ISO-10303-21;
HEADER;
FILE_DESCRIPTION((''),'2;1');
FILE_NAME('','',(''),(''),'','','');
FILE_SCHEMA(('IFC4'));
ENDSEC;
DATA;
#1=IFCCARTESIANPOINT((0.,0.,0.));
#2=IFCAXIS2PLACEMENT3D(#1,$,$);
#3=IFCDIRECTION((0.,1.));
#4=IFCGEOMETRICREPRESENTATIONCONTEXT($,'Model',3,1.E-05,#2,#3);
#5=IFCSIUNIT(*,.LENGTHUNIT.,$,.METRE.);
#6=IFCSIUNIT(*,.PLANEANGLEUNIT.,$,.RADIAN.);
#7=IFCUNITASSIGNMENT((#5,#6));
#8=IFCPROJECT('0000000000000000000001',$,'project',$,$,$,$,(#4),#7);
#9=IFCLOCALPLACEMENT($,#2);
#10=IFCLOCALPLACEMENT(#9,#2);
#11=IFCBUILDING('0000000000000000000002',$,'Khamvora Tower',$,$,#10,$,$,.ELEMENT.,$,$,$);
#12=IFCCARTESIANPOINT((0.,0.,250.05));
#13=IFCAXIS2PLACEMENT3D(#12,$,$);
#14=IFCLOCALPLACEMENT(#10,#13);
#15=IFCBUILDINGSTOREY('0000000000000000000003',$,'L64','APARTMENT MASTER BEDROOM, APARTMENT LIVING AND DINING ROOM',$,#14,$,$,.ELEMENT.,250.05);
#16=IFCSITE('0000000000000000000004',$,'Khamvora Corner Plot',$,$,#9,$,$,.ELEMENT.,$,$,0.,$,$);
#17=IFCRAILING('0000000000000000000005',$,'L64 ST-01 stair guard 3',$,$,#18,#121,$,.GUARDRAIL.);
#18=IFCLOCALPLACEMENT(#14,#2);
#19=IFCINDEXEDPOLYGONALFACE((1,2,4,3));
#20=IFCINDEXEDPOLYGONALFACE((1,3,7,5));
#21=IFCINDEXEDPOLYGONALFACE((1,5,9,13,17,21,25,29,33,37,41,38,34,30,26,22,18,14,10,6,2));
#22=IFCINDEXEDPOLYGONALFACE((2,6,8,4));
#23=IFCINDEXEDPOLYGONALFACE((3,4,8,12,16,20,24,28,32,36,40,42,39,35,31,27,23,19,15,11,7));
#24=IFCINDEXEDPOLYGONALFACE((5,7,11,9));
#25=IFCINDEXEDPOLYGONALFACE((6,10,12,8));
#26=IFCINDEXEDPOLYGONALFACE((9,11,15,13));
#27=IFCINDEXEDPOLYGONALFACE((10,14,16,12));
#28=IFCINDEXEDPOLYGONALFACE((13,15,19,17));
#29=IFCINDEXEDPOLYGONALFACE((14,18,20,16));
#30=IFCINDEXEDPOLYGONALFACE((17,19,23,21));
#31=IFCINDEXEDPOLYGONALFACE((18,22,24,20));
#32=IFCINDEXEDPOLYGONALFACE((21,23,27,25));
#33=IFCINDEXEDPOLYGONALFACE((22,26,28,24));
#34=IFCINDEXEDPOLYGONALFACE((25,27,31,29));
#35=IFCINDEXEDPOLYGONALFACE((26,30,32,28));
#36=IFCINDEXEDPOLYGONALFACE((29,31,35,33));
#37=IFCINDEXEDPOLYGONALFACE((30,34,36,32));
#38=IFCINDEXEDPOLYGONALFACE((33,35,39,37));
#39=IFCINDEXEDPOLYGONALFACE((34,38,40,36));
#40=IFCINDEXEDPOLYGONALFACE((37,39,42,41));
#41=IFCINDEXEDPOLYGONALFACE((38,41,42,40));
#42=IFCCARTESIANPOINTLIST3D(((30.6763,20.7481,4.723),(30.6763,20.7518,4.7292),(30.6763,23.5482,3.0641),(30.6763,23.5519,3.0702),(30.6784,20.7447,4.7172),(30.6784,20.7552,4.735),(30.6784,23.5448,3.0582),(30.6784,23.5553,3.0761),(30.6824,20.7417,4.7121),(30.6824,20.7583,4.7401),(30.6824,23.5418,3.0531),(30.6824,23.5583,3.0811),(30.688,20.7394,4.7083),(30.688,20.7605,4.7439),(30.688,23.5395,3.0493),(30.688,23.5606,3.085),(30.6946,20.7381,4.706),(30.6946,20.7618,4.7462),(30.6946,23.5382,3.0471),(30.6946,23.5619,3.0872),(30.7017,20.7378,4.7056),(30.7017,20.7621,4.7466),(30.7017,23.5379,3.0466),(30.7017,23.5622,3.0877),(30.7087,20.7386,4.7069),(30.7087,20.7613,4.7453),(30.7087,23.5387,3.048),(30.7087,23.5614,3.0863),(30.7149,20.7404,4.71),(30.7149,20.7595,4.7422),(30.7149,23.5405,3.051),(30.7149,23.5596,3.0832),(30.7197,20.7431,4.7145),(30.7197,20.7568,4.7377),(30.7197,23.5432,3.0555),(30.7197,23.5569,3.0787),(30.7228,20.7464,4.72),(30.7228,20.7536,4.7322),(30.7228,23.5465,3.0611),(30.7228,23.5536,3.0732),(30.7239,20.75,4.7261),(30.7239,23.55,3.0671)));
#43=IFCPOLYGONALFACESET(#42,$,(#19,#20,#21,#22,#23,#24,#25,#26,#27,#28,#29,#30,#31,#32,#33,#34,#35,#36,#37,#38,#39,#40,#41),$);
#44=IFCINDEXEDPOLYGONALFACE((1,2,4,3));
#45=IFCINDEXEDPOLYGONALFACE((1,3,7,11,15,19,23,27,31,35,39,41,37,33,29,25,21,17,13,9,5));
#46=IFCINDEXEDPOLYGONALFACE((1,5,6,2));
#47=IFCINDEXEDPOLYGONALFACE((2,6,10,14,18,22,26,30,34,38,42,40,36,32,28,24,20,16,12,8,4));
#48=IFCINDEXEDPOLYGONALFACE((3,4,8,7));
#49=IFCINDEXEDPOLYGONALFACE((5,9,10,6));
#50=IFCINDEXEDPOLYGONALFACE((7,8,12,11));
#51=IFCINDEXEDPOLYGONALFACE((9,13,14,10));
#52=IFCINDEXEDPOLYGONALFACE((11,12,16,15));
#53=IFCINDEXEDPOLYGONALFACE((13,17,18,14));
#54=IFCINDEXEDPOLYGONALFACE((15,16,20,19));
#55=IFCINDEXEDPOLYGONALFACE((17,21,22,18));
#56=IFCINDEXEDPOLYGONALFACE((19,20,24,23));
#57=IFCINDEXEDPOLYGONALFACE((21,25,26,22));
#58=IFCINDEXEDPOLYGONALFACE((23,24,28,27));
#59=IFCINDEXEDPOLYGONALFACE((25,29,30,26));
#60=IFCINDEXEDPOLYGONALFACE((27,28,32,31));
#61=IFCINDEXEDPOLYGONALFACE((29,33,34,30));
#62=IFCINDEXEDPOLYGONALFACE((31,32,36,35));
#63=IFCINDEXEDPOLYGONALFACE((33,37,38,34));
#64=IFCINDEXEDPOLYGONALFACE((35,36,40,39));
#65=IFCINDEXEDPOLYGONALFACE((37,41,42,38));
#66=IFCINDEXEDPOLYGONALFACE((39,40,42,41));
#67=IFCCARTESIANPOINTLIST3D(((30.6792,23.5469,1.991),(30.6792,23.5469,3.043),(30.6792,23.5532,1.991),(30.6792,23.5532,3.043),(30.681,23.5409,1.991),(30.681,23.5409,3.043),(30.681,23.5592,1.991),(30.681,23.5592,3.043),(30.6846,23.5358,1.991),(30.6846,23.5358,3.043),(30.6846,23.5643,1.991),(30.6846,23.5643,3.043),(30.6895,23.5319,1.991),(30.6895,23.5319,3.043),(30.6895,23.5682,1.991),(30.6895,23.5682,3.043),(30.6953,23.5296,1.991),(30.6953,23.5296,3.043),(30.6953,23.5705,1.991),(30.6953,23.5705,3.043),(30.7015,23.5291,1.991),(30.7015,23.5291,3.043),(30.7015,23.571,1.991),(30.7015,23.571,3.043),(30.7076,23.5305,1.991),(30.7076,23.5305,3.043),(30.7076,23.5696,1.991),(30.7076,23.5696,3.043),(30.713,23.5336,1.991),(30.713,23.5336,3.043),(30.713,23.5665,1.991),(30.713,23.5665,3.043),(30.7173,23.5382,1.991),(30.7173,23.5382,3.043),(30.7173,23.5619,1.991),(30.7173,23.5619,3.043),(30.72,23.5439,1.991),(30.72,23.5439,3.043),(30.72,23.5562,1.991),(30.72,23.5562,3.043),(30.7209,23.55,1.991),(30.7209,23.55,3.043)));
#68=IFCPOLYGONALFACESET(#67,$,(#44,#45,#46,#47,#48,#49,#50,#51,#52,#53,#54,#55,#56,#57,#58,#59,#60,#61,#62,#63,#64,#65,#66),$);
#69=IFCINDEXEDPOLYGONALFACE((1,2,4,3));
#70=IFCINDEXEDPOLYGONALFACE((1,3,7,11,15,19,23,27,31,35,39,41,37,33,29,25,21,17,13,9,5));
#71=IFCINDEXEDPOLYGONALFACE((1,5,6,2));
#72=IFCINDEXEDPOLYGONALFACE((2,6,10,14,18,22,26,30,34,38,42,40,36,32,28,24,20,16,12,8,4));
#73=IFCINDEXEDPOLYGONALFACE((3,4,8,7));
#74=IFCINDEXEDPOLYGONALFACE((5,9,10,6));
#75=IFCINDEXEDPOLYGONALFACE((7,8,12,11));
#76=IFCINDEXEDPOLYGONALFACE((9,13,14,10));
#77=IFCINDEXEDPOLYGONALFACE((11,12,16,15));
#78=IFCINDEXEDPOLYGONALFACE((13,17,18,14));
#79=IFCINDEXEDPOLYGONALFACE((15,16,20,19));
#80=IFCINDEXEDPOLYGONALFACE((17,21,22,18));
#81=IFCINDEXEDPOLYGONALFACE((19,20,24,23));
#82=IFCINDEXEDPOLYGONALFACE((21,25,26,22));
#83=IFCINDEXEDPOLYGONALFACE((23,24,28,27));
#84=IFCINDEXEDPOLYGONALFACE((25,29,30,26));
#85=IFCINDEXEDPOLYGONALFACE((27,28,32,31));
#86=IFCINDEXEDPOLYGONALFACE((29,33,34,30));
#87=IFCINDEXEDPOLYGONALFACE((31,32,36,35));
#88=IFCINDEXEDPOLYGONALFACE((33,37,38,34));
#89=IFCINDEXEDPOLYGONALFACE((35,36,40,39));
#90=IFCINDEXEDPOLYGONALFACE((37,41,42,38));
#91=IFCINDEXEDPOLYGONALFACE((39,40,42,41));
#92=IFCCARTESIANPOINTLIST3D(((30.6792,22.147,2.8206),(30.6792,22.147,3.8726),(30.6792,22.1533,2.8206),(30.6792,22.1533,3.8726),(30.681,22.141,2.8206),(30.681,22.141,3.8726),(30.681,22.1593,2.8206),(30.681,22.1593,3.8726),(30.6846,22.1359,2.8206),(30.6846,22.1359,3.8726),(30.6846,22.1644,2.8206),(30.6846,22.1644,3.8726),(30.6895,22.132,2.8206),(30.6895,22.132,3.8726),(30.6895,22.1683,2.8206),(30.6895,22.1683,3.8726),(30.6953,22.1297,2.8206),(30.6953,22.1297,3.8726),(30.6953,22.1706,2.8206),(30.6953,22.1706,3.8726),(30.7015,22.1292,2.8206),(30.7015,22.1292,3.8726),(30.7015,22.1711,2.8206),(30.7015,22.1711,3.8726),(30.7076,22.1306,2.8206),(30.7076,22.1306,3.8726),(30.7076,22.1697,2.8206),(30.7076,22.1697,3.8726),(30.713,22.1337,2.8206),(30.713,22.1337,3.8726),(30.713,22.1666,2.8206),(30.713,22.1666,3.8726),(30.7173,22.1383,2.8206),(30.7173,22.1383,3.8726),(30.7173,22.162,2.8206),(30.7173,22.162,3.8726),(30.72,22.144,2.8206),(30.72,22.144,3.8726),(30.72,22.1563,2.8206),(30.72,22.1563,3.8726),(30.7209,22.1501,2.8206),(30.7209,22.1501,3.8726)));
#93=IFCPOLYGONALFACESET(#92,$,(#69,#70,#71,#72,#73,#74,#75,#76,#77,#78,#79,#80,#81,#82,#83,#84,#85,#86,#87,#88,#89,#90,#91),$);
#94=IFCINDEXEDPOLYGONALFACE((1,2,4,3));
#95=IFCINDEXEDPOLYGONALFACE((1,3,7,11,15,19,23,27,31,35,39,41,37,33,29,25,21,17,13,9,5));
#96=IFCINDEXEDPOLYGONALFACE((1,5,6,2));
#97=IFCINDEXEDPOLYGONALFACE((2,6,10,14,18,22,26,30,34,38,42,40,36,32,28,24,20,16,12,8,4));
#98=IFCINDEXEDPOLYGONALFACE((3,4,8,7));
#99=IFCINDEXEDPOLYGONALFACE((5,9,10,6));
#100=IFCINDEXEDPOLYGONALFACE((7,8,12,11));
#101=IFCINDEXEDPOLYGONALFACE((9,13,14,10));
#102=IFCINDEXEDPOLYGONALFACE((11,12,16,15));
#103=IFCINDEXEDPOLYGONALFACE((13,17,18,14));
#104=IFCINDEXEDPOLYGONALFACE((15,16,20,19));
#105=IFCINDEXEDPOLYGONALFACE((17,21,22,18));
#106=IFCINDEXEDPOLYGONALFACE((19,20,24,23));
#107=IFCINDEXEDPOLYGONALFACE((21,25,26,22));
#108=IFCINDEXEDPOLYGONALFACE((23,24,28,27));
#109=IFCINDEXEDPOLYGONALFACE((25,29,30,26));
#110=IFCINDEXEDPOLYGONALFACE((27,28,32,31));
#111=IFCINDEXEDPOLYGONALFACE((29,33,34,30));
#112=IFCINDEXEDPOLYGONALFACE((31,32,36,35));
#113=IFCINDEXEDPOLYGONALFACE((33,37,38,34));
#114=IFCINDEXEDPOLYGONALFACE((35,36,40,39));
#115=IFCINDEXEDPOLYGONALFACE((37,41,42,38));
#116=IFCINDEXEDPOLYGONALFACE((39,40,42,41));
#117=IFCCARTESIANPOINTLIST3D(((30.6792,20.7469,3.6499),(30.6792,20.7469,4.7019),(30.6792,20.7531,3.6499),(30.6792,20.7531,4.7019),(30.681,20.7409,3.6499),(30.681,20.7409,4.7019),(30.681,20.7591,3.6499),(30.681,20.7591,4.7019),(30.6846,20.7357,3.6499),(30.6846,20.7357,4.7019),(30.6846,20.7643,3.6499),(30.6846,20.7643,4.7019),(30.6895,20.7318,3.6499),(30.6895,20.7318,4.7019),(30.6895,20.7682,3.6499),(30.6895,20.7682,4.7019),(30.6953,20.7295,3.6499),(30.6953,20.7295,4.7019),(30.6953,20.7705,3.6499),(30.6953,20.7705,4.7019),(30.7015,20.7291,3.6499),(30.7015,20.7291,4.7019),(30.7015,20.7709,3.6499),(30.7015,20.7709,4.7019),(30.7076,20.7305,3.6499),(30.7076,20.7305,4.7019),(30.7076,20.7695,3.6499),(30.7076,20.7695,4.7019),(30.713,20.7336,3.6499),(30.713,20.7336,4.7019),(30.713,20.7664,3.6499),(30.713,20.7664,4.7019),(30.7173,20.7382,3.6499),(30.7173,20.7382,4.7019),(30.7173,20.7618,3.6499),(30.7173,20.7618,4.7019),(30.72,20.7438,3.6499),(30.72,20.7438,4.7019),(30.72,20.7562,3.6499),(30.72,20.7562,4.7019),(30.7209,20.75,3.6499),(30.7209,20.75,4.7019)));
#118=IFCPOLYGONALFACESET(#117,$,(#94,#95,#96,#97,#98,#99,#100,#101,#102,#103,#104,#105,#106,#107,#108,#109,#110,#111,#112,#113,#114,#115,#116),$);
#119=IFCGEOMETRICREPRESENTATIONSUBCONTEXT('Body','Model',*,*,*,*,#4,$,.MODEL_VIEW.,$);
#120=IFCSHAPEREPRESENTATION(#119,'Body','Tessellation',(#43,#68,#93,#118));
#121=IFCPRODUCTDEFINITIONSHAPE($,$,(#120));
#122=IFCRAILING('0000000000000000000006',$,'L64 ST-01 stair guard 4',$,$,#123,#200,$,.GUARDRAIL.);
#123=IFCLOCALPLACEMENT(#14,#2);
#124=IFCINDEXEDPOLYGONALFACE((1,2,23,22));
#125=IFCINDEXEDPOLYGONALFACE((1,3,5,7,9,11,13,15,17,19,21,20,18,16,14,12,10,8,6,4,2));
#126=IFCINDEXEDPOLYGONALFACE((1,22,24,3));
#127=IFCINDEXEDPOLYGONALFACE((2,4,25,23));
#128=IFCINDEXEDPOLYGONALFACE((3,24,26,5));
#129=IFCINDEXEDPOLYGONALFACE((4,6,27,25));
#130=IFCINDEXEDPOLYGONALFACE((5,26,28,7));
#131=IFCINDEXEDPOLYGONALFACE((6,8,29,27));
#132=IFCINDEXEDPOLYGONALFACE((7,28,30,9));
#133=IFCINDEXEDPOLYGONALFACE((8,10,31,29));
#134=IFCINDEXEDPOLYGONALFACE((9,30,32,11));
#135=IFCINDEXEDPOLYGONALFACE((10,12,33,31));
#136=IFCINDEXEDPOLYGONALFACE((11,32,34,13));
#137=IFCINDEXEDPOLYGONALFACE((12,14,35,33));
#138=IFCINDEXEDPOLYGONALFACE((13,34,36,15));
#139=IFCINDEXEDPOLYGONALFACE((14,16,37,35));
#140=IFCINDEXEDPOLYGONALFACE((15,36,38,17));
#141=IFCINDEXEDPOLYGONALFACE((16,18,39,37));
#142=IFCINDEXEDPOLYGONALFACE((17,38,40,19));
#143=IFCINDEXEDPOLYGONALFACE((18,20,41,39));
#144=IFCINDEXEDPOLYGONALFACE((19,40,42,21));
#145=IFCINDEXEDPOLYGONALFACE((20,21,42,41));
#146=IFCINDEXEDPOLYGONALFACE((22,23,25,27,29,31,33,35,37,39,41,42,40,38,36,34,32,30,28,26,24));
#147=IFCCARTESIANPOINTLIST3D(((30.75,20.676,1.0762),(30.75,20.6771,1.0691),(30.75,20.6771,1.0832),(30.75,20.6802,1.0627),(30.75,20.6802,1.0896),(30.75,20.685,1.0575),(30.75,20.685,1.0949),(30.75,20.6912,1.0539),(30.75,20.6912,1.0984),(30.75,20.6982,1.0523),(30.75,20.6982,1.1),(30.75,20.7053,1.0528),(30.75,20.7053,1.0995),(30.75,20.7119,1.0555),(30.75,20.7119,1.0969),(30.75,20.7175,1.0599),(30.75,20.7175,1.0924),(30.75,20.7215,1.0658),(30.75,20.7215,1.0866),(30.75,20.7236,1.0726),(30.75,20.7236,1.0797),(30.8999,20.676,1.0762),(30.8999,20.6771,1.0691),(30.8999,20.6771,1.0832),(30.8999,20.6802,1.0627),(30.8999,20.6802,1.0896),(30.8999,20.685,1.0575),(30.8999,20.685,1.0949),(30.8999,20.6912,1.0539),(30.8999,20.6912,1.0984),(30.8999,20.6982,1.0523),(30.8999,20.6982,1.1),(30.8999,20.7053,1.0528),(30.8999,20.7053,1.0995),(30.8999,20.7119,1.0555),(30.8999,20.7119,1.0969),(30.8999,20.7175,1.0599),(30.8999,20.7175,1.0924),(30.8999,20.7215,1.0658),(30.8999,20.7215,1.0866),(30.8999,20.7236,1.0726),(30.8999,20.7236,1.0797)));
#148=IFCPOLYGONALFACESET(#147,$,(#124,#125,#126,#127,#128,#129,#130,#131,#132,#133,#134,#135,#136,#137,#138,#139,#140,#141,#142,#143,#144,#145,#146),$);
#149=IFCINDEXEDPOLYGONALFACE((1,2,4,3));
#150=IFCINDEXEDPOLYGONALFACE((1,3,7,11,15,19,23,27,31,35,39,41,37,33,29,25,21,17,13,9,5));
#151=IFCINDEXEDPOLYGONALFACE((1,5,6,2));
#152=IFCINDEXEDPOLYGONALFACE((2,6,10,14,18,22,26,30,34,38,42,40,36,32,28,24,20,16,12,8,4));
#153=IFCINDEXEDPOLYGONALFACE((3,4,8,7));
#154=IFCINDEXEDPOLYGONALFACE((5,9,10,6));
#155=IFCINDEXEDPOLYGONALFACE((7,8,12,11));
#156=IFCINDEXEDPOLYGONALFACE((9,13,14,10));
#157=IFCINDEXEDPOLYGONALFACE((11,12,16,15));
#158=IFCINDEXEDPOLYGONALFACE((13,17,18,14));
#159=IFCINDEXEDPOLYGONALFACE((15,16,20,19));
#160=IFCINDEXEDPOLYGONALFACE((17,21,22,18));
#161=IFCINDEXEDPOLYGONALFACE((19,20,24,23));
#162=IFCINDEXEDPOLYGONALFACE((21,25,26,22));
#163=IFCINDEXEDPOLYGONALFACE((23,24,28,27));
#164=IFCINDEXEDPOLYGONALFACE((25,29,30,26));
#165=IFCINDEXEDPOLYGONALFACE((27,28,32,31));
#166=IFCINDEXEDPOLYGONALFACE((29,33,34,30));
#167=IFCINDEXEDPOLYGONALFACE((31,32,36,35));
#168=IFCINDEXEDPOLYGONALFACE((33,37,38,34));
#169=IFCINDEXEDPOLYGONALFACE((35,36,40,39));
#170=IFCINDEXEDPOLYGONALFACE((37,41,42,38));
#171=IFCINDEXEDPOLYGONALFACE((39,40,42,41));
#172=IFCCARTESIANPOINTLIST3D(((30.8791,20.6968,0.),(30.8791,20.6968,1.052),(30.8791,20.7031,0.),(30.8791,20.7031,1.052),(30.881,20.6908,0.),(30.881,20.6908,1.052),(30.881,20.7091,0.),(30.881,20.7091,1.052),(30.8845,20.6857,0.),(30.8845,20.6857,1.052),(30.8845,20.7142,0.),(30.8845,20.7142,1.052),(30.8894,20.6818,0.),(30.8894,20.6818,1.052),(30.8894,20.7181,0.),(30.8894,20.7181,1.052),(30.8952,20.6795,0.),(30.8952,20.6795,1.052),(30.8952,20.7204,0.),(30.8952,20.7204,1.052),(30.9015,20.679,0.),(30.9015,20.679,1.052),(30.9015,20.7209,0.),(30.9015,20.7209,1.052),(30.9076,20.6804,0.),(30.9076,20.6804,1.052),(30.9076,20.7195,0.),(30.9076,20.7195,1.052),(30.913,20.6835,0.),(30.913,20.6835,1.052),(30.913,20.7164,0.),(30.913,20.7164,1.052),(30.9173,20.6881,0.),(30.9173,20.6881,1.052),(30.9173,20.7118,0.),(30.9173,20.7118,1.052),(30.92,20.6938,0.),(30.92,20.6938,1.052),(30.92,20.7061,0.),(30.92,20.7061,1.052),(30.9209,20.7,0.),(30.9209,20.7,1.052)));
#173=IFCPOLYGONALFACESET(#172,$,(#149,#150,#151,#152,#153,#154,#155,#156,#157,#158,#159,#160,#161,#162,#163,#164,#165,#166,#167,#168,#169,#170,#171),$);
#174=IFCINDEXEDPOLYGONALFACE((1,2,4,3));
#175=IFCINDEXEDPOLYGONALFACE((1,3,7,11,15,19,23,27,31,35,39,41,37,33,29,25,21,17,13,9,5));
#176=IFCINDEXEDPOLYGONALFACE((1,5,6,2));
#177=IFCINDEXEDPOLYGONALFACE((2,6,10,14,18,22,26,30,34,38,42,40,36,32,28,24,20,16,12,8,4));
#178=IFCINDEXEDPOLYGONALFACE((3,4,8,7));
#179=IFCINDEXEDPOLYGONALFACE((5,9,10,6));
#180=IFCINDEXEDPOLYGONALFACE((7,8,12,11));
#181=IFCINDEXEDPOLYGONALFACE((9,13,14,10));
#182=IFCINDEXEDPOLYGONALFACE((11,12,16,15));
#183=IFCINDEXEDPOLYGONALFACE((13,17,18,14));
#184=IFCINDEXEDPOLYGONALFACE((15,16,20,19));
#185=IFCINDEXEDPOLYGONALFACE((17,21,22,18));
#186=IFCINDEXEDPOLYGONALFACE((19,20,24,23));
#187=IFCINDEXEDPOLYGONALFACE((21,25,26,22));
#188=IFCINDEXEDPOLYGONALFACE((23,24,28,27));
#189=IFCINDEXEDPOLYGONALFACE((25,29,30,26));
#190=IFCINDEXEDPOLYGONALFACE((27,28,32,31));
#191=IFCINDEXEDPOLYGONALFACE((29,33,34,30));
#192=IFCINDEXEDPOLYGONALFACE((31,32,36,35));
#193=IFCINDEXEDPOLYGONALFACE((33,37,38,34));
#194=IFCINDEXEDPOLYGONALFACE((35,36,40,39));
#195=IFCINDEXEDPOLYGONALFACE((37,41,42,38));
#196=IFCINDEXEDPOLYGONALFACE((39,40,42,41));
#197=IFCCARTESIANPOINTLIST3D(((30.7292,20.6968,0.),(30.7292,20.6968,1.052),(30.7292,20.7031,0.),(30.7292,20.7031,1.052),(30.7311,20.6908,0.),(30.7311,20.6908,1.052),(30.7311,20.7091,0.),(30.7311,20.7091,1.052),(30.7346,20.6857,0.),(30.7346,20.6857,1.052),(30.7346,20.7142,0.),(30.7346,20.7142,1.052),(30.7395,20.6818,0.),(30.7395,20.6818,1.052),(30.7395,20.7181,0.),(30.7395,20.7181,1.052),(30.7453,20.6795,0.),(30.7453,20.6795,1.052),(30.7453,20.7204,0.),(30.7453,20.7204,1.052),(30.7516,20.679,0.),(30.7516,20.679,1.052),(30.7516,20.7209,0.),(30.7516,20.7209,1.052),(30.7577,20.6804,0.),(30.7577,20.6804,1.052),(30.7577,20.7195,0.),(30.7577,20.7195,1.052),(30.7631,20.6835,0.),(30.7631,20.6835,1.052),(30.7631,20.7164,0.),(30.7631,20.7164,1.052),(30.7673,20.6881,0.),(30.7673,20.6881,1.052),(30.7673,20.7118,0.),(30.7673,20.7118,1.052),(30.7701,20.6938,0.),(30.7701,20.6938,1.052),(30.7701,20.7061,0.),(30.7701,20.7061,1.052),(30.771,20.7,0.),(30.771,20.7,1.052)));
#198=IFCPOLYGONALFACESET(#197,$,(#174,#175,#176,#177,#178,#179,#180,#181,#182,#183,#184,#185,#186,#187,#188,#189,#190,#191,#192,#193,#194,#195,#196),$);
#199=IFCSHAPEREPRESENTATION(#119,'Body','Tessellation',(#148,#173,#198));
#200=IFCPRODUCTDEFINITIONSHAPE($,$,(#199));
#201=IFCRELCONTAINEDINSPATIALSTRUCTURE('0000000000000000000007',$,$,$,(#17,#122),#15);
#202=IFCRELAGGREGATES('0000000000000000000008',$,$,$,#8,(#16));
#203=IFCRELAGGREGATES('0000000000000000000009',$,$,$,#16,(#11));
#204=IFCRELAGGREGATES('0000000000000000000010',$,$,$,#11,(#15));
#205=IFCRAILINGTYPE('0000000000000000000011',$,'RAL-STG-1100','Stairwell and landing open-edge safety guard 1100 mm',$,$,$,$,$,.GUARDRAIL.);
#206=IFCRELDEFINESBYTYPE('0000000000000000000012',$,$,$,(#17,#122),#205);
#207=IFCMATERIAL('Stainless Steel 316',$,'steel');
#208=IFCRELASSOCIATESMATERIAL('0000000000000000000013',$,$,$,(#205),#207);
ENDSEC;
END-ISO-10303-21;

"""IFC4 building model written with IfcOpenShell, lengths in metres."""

from ifc_helpers import new_model, si_unit, direction, frame, origin, origin_2d, place, context, subcontext, project, spatial, circle, extrude, material, type_object, element, save


model = new_model("IFC4")

# Units and contexts
model_context = context("Model", 3, precision=1e-05, world=origin(), true_north=direction((0.0, 1.0)))
body_context = subcontext(model_context, "Body", "Model", "MODEL_VIEW")
ifc_project = project(units=[si_unit("LENGTHUNIT", "METRE"), si_unit("PLANEANGLEUNIT", "RADIAN")], contexts=[model_context])

# Site, building, storey
site_placement = place(None, origin())
site = spatial("IfcSite", under=ifc_project, at=site_placement, Name="Khamvora Corner Plot", CompositionType="ELEMENT", RefElevation=0.0)
building_placement = place(site_placement, origin())
building = spatial("IfcBuilding", under=site, at=building_placement, Name="Khamvora Tower", CompositionType="ELEMENT")
storey_placement = place(building_placement, frame((0.0, 0.0, 250.05)))
storey = spatial("IfcBuildingStorey", under=building, at=storey_placement, Name="L64", Description="APARTMENT MASTER BEDROOM, APARTMENT LIVING AND DINING ROOM", CompositionType="ELEMENT", Elevation=250.05)

# Railings
ifc_material_1 = material(Name="Stainless Steel 316", Category="steel")
railing_type_1 = type_object("IfcRailingType", Name="RAL-STG-1100", Description="Stairwell and landing open-edge safety guard 1100 mm", PredefinedType="GUARDRAIL", material=ifc_material_1)
railing_1_placement = place(storey_placement, frame((30.7, 23.55, 1.991)))
element("IfcRailing", 1, at=railing_1_placement, inside=storey, type_object=railing_type_1, Name="L64 ST-01 stair guard 3", PredefinedType="GUARDRAIL", context=body_context, shape_type="SweptSolid", body=[
    extrude(circle(Radius=0.0239, at=origin_2d()), frame((0.0, 0.0, 1.0762), z_axis=(0.0, -0.860339, 0.509722), x_axis=(1.0, 0.0, 0.0)), (0.0, 0.0, 1.0), 3.2546),
    extrude(circle(Radius=0.021, at=origin_2d()), origin(), (0.0, 0.0, 1.0), 1.052),
    extrude(circle(Radius=0.021, at=origin_2d()), frame((0.0, -1.3999, 0.8296)), (0.0, 0.0, 1.0), 1.052),
    extrude(circle(Radius=0.021, at=origin_2d()), frame((0.0, -2.8, 1.6589)), (0.0, 0.0, 1.0), 1.052),
])
railing_2_placement = place(storey_placement, frame((30.8999, 20.7, 0.0)))
element("IfcRailing", 2, at=railing_2_placement, inside=storey, type_object=railing_type_1, Name="L64 ST-01 stair guard 4", PredefinedType="GUARDRAIL", context=body_context, shape_type="SweptSolid", body=[
    extrude(circle(Radius=0.0239, at=origin_2d()), frame((0.0, 0.0, 1.0762), z_axis=(-1.0, 0.0, 0.0), x_axis=(0.0, -1.0, 0.0)), (0.0, 0.0, 1.0), 0.1499),
    extrude(circle(Radius=0.021, at=origin_2d()), origin(), (0.0, 0.0, 1.0), 1.052),
    extrude(circle(Radius=0.021, at=origin_2d()), frame((-0.1499, 0.0, 0.0)), (0.0, 0.0, 1.0), 1.052),
])

save(model, "model.ifc")
